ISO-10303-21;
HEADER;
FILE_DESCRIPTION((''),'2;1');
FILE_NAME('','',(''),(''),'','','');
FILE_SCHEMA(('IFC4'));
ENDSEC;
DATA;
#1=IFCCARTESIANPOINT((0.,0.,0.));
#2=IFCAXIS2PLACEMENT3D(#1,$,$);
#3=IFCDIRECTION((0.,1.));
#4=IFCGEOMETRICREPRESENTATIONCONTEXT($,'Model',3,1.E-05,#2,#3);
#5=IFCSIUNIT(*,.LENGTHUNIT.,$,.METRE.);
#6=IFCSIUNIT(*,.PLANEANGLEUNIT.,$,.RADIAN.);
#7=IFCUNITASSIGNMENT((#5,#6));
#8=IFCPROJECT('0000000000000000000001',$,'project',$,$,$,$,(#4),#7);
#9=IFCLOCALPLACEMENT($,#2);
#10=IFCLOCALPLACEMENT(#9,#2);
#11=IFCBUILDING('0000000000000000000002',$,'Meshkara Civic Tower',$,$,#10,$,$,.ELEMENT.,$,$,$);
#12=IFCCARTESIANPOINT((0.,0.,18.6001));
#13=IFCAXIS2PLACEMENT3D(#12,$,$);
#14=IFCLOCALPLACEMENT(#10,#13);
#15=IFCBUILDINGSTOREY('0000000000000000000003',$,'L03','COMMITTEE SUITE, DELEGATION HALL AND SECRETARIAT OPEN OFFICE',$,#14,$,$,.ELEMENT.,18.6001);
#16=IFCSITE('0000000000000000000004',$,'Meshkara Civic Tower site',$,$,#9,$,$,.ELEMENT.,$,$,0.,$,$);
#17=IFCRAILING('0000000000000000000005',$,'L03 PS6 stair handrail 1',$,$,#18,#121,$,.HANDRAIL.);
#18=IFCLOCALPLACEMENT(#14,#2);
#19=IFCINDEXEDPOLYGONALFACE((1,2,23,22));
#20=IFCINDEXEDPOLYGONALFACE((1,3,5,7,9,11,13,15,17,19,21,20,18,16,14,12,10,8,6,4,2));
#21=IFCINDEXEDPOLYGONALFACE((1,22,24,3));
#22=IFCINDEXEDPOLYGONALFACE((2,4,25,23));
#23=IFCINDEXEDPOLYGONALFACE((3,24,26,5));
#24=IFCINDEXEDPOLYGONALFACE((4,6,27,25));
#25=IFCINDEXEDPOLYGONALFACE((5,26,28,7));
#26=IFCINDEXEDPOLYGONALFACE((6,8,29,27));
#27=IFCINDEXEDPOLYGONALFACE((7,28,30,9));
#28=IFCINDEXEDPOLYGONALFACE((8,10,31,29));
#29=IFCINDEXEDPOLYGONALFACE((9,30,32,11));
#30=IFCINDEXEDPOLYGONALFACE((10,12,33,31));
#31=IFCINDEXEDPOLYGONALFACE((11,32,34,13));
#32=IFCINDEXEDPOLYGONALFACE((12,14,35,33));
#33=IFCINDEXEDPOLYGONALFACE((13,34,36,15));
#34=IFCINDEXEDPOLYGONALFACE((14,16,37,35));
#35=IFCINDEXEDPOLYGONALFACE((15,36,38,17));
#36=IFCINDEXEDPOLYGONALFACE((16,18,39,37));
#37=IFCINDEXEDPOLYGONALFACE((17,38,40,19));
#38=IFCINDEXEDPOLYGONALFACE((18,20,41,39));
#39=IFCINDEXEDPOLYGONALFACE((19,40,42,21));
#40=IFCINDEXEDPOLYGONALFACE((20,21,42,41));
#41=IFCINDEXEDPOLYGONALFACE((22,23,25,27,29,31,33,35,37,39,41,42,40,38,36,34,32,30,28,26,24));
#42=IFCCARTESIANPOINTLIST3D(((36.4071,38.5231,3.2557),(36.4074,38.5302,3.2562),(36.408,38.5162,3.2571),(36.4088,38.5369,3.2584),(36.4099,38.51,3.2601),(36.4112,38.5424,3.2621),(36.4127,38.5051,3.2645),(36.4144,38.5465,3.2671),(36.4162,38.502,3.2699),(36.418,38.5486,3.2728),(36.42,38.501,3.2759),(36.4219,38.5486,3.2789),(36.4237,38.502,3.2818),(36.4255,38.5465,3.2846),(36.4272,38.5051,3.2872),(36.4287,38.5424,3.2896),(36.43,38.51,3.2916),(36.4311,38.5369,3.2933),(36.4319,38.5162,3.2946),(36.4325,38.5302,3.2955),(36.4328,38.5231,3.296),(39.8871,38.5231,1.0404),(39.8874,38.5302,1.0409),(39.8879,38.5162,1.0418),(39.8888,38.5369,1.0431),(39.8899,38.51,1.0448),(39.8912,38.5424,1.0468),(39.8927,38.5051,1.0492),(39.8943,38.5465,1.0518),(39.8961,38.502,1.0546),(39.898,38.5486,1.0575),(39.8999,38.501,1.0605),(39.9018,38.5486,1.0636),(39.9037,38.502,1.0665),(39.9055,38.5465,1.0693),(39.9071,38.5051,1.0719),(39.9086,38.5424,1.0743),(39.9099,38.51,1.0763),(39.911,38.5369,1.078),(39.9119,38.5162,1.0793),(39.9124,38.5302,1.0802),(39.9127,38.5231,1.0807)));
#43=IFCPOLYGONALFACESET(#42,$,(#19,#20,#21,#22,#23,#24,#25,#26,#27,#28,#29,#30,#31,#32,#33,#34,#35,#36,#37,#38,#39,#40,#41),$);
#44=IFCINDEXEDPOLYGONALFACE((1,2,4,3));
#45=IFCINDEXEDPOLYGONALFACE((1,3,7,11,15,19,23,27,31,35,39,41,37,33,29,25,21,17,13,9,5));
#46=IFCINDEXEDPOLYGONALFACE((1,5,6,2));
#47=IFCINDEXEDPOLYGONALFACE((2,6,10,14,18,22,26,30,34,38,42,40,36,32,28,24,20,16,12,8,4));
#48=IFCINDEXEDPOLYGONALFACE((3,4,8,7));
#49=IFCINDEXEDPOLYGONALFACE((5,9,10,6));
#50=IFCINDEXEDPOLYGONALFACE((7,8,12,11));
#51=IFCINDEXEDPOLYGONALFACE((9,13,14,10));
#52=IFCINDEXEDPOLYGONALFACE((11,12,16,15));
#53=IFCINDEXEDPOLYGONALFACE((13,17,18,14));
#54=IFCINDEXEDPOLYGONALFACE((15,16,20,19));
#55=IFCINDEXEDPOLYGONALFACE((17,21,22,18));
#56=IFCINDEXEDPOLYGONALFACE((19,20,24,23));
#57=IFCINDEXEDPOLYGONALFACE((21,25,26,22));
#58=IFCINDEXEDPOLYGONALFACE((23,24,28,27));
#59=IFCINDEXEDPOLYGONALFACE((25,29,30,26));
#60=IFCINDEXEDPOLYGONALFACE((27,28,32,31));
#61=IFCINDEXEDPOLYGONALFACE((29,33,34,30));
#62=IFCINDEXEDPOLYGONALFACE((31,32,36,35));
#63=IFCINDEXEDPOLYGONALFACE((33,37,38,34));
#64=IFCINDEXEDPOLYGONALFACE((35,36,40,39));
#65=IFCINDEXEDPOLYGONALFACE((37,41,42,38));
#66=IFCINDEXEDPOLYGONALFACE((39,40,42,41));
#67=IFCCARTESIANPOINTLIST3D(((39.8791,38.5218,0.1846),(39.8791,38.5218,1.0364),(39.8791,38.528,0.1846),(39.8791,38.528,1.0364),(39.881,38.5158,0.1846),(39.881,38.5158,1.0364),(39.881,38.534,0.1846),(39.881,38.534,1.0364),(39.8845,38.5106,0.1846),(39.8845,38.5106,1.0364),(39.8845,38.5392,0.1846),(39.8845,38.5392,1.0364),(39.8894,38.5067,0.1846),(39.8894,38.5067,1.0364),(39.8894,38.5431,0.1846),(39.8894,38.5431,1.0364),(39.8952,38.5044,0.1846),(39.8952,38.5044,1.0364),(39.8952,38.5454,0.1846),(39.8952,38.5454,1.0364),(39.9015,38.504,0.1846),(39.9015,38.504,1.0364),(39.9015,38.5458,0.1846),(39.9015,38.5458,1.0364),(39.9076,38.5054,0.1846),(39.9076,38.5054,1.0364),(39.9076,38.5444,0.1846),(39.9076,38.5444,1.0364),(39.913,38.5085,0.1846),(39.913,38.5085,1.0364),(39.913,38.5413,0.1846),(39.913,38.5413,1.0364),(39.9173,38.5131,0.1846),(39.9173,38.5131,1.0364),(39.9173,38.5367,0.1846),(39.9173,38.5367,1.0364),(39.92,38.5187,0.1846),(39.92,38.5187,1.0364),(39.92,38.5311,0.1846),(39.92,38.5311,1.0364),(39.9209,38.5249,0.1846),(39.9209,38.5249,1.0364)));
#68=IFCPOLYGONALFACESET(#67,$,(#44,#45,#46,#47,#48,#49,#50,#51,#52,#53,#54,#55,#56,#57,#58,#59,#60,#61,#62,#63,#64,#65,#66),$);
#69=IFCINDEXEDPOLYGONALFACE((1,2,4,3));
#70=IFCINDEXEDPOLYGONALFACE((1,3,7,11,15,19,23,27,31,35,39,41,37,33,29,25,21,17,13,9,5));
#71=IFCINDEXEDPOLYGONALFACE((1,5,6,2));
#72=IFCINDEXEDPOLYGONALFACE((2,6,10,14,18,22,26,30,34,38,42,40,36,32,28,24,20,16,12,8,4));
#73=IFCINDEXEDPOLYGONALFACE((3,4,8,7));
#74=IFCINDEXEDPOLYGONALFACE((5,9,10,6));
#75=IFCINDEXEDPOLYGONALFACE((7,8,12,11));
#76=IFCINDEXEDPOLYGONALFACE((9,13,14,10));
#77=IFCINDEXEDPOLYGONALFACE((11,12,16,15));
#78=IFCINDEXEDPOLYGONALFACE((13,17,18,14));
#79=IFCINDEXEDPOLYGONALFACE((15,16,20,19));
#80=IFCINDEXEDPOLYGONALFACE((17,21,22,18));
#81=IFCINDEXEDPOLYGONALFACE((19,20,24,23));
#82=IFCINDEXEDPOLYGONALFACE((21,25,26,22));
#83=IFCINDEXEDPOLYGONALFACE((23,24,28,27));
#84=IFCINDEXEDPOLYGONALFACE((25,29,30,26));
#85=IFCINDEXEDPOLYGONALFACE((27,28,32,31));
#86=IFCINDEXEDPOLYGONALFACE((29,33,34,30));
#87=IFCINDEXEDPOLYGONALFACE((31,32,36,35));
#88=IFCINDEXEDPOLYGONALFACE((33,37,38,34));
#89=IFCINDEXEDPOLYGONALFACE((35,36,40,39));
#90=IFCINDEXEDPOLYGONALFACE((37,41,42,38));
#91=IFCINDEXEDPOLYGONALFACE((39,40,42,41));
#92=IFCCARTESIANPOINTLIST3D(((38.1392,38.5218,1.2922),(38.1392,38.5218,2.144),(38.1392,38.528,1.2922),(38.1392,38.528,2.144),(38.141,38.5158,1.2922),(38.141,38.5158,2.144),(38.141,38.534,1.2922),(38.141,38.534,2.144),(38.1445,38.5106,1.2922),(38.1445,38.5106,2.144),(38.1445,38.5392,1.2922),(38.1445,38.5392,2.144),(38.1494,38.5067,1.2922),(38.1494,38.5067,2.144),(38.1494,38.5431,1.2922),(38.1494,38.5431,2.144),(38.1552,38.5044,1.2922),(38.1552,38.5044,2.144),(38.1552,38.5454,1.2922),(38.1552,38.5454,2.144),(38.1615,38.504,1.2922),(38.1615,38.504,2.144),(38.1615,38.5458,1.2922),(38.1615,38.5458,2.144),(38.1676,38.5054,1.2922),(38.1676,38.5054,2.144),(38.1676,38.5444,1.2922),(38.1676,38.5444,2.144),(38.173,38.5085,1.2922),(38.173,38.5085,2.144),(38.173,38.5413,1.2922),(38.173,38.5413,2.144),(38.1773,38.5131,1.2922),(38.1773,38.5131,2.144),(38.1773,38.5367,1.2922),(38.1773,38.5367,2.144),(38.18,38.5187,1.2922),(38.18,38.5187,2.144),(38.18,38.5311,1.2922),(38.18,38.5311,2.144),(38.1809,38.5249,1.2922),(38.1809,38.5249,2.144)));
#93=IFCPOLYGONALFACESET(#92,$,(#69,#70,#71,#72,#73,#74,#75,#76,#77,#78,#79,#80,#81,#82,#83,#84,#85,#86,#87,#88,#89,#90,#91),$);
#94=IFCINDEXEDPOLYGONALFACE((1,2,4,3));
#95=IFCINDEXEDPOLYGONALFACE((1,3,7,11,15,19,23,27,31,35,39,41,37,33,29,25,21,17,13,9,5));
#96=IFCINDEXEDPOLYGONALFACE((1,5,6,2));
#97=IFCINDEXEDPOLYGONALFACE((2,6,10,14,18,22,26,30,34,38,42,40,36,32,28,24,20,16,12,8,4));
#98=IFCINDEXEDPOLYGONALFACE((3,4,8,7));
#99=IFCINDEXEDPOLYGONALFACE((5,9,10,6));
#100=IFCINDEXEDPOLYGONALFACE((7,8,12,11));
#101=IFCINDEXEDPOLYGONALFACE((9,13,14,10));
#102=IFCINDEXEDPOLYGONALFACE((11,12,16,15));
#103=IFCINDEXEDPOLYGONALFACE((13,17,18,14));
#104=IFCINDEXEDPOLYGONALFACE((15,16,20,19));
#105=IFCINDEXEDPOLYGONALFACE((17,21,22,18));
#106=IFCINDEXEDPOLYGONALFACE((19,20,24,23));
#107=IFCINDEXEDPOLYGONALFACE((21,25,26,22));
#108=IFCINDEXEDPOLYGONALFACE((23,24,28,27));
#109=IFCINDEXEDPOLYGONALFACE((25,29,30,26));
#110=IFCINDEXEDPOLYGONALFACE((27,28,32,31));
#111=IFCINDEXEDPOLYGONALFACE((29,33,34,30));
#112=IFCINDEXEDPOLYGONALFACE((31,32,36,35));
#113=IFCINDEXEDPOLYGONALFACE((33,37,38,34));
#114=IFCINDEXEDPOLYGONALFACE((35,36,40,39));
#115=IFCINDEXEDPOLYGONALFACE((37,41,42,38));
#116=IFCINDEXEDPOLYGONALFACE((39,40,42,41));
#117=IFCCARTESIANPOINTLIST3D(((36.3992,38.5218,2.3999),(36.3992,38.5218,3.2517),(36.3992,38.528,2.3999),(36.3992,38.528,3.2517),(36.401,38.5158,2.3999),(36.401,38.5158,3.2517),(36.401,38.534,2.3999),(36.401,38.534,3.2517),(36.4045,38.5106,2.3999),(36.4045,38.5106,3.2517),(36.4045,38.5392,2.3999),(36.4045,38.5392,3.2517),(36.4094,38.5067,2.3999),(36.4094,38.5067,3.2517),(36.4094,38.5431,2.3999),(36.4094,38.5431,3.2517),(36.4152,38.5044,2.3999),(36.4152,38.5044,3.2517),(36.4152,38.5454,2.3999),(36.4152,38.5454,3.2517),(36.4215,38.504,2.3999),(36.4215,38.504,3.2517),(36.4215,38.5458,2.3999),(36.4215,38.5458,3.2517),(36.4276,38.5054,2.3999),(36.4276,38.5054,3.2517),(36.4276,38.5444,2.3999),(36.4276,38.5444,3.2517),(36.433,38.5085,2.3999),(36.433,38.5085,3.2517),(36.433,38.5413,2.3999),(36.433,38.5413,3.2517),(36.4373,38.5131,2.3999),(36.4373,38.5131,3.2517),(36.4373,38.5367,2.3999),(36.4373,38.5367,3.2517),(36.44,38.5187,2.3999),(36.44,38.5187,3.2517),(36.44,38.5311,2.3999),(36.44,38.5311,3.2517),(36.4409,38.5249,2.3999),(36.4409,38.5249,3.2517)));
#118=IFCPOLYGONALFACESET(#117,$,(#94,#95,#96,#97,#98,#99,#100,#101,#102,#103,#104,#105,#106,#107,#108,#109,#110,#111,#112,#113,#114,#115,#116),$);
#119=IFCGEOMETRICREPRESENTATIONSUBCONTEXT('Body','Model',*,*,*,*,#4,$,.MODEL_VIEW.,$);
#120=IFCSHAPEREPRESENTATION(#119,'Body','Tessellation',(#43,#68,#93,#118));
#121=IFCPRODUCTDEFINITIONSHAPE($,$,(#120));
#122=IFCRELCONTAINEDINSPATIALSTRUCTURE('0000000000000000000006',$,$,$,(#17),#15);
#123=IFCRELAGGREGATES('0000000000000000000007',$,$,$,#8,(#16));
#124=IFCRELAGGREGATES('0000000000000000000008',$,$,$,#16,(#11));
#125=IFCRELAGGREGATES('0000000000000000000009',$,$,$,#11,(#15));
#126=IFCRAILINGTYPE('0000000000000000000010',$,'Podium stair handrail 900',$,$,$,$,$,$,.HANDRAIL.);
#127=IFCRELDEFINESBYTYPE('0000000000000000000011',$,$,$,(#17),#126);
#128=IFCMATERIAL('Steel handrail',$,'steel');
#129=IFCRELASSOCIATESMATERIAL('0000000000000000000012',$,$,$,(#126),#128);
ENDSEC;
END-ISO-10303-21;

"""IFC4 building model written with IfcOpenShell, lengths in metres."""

from ifc_helpers import new_model, si_unit, direction, frame, origin, origin_2d, place, context, subcontext, project, spatial, circle, extrude, material, type_object, element, save


model = new_model("IFC4")

# Units and contexts
model_context = context("Model", 3, precision=1e-05, world=origin(), true_north=direction((0.0, 1.0)))
body_context = subcontext(model_context, "Body", "Model", "MODEL_VIEW")
ifc_project = project(units=[si_unit("LENGTHUNIT", "METRE"), si_unit("PLANEANGLEUNIT", "RADIAN")], contexts=[model_context])

# Site, building, storey
site_placement = place(None, origin())
site = spatial("IfcSite", under=ifc_project, at=site_placement, Name="Meshkara Civic Tower site", CompositionType="ELEMENT", RefElevation=0.0)
building_placement = place(site_placement, origin())
building = spatial("IfcBuilding", under=site, at=building_placement, Name="Meshkara Civic Tower", CompositionType="ELEMENT")
storey_placement = place(building_placement, frame((0.0, 0.0, 18.6001)))
storey = spatial("IfcBuildingStorey", under=building, at=storey_placement, Name="L03", Description="COMMITTEE SUITE, DELEGATION HALL AND SECRETARIAT OPEN OFFICE", CompositionType="ELEMENT", Elevation=18.6001)

# Railing
ifc_material_1 = material(Name="Steel handrail", Category="steel")
railing_type_1 = type_object("IfcRailingType", Name="Podium stair handrail 900", PredefinedType="HANDRAIL", material=ifc_material_1)
railing_1_placement = place(storey_placement, frame((39.8999, 38.5249, 0.1846)))
element("IfcRailing", 1, at=railing_1_placement, inside=storey, type_object=railing_type_1, Name="L03 PS6 stair handrail 1", PredefinedType="HANDRAIL", context=body_context, shape_type="SweptSolid", body=[
    extrude(circle(Radius=0.0239, at=origin_2d()), frame((0.0, 0.0, 0.876), z_axis=(-0.843574, 0.0, 0.537013), x_axis=(0.0, -1.0, 0.0)), (0.0, 0.0, 1.0), 4.1252),
    extrude(circle(Radius=0.021, at=origin_2d()), origin(), (0.0, 0.0, 1.0), 0.8518),
    extrude(circle(Radius=0.021, at=origin_2d()), frame((-1.74, 0.0, 1.1077)), (0.0, 0.0, 1.0), 0.8518),
    extrude(circle(Radius=0.021, at=origin_2d()), frame((-3.48, 0.0, 2.2153)), (0.0, 0.0, 1.0), 0.8518),
])

save(model, "model.ifc")
